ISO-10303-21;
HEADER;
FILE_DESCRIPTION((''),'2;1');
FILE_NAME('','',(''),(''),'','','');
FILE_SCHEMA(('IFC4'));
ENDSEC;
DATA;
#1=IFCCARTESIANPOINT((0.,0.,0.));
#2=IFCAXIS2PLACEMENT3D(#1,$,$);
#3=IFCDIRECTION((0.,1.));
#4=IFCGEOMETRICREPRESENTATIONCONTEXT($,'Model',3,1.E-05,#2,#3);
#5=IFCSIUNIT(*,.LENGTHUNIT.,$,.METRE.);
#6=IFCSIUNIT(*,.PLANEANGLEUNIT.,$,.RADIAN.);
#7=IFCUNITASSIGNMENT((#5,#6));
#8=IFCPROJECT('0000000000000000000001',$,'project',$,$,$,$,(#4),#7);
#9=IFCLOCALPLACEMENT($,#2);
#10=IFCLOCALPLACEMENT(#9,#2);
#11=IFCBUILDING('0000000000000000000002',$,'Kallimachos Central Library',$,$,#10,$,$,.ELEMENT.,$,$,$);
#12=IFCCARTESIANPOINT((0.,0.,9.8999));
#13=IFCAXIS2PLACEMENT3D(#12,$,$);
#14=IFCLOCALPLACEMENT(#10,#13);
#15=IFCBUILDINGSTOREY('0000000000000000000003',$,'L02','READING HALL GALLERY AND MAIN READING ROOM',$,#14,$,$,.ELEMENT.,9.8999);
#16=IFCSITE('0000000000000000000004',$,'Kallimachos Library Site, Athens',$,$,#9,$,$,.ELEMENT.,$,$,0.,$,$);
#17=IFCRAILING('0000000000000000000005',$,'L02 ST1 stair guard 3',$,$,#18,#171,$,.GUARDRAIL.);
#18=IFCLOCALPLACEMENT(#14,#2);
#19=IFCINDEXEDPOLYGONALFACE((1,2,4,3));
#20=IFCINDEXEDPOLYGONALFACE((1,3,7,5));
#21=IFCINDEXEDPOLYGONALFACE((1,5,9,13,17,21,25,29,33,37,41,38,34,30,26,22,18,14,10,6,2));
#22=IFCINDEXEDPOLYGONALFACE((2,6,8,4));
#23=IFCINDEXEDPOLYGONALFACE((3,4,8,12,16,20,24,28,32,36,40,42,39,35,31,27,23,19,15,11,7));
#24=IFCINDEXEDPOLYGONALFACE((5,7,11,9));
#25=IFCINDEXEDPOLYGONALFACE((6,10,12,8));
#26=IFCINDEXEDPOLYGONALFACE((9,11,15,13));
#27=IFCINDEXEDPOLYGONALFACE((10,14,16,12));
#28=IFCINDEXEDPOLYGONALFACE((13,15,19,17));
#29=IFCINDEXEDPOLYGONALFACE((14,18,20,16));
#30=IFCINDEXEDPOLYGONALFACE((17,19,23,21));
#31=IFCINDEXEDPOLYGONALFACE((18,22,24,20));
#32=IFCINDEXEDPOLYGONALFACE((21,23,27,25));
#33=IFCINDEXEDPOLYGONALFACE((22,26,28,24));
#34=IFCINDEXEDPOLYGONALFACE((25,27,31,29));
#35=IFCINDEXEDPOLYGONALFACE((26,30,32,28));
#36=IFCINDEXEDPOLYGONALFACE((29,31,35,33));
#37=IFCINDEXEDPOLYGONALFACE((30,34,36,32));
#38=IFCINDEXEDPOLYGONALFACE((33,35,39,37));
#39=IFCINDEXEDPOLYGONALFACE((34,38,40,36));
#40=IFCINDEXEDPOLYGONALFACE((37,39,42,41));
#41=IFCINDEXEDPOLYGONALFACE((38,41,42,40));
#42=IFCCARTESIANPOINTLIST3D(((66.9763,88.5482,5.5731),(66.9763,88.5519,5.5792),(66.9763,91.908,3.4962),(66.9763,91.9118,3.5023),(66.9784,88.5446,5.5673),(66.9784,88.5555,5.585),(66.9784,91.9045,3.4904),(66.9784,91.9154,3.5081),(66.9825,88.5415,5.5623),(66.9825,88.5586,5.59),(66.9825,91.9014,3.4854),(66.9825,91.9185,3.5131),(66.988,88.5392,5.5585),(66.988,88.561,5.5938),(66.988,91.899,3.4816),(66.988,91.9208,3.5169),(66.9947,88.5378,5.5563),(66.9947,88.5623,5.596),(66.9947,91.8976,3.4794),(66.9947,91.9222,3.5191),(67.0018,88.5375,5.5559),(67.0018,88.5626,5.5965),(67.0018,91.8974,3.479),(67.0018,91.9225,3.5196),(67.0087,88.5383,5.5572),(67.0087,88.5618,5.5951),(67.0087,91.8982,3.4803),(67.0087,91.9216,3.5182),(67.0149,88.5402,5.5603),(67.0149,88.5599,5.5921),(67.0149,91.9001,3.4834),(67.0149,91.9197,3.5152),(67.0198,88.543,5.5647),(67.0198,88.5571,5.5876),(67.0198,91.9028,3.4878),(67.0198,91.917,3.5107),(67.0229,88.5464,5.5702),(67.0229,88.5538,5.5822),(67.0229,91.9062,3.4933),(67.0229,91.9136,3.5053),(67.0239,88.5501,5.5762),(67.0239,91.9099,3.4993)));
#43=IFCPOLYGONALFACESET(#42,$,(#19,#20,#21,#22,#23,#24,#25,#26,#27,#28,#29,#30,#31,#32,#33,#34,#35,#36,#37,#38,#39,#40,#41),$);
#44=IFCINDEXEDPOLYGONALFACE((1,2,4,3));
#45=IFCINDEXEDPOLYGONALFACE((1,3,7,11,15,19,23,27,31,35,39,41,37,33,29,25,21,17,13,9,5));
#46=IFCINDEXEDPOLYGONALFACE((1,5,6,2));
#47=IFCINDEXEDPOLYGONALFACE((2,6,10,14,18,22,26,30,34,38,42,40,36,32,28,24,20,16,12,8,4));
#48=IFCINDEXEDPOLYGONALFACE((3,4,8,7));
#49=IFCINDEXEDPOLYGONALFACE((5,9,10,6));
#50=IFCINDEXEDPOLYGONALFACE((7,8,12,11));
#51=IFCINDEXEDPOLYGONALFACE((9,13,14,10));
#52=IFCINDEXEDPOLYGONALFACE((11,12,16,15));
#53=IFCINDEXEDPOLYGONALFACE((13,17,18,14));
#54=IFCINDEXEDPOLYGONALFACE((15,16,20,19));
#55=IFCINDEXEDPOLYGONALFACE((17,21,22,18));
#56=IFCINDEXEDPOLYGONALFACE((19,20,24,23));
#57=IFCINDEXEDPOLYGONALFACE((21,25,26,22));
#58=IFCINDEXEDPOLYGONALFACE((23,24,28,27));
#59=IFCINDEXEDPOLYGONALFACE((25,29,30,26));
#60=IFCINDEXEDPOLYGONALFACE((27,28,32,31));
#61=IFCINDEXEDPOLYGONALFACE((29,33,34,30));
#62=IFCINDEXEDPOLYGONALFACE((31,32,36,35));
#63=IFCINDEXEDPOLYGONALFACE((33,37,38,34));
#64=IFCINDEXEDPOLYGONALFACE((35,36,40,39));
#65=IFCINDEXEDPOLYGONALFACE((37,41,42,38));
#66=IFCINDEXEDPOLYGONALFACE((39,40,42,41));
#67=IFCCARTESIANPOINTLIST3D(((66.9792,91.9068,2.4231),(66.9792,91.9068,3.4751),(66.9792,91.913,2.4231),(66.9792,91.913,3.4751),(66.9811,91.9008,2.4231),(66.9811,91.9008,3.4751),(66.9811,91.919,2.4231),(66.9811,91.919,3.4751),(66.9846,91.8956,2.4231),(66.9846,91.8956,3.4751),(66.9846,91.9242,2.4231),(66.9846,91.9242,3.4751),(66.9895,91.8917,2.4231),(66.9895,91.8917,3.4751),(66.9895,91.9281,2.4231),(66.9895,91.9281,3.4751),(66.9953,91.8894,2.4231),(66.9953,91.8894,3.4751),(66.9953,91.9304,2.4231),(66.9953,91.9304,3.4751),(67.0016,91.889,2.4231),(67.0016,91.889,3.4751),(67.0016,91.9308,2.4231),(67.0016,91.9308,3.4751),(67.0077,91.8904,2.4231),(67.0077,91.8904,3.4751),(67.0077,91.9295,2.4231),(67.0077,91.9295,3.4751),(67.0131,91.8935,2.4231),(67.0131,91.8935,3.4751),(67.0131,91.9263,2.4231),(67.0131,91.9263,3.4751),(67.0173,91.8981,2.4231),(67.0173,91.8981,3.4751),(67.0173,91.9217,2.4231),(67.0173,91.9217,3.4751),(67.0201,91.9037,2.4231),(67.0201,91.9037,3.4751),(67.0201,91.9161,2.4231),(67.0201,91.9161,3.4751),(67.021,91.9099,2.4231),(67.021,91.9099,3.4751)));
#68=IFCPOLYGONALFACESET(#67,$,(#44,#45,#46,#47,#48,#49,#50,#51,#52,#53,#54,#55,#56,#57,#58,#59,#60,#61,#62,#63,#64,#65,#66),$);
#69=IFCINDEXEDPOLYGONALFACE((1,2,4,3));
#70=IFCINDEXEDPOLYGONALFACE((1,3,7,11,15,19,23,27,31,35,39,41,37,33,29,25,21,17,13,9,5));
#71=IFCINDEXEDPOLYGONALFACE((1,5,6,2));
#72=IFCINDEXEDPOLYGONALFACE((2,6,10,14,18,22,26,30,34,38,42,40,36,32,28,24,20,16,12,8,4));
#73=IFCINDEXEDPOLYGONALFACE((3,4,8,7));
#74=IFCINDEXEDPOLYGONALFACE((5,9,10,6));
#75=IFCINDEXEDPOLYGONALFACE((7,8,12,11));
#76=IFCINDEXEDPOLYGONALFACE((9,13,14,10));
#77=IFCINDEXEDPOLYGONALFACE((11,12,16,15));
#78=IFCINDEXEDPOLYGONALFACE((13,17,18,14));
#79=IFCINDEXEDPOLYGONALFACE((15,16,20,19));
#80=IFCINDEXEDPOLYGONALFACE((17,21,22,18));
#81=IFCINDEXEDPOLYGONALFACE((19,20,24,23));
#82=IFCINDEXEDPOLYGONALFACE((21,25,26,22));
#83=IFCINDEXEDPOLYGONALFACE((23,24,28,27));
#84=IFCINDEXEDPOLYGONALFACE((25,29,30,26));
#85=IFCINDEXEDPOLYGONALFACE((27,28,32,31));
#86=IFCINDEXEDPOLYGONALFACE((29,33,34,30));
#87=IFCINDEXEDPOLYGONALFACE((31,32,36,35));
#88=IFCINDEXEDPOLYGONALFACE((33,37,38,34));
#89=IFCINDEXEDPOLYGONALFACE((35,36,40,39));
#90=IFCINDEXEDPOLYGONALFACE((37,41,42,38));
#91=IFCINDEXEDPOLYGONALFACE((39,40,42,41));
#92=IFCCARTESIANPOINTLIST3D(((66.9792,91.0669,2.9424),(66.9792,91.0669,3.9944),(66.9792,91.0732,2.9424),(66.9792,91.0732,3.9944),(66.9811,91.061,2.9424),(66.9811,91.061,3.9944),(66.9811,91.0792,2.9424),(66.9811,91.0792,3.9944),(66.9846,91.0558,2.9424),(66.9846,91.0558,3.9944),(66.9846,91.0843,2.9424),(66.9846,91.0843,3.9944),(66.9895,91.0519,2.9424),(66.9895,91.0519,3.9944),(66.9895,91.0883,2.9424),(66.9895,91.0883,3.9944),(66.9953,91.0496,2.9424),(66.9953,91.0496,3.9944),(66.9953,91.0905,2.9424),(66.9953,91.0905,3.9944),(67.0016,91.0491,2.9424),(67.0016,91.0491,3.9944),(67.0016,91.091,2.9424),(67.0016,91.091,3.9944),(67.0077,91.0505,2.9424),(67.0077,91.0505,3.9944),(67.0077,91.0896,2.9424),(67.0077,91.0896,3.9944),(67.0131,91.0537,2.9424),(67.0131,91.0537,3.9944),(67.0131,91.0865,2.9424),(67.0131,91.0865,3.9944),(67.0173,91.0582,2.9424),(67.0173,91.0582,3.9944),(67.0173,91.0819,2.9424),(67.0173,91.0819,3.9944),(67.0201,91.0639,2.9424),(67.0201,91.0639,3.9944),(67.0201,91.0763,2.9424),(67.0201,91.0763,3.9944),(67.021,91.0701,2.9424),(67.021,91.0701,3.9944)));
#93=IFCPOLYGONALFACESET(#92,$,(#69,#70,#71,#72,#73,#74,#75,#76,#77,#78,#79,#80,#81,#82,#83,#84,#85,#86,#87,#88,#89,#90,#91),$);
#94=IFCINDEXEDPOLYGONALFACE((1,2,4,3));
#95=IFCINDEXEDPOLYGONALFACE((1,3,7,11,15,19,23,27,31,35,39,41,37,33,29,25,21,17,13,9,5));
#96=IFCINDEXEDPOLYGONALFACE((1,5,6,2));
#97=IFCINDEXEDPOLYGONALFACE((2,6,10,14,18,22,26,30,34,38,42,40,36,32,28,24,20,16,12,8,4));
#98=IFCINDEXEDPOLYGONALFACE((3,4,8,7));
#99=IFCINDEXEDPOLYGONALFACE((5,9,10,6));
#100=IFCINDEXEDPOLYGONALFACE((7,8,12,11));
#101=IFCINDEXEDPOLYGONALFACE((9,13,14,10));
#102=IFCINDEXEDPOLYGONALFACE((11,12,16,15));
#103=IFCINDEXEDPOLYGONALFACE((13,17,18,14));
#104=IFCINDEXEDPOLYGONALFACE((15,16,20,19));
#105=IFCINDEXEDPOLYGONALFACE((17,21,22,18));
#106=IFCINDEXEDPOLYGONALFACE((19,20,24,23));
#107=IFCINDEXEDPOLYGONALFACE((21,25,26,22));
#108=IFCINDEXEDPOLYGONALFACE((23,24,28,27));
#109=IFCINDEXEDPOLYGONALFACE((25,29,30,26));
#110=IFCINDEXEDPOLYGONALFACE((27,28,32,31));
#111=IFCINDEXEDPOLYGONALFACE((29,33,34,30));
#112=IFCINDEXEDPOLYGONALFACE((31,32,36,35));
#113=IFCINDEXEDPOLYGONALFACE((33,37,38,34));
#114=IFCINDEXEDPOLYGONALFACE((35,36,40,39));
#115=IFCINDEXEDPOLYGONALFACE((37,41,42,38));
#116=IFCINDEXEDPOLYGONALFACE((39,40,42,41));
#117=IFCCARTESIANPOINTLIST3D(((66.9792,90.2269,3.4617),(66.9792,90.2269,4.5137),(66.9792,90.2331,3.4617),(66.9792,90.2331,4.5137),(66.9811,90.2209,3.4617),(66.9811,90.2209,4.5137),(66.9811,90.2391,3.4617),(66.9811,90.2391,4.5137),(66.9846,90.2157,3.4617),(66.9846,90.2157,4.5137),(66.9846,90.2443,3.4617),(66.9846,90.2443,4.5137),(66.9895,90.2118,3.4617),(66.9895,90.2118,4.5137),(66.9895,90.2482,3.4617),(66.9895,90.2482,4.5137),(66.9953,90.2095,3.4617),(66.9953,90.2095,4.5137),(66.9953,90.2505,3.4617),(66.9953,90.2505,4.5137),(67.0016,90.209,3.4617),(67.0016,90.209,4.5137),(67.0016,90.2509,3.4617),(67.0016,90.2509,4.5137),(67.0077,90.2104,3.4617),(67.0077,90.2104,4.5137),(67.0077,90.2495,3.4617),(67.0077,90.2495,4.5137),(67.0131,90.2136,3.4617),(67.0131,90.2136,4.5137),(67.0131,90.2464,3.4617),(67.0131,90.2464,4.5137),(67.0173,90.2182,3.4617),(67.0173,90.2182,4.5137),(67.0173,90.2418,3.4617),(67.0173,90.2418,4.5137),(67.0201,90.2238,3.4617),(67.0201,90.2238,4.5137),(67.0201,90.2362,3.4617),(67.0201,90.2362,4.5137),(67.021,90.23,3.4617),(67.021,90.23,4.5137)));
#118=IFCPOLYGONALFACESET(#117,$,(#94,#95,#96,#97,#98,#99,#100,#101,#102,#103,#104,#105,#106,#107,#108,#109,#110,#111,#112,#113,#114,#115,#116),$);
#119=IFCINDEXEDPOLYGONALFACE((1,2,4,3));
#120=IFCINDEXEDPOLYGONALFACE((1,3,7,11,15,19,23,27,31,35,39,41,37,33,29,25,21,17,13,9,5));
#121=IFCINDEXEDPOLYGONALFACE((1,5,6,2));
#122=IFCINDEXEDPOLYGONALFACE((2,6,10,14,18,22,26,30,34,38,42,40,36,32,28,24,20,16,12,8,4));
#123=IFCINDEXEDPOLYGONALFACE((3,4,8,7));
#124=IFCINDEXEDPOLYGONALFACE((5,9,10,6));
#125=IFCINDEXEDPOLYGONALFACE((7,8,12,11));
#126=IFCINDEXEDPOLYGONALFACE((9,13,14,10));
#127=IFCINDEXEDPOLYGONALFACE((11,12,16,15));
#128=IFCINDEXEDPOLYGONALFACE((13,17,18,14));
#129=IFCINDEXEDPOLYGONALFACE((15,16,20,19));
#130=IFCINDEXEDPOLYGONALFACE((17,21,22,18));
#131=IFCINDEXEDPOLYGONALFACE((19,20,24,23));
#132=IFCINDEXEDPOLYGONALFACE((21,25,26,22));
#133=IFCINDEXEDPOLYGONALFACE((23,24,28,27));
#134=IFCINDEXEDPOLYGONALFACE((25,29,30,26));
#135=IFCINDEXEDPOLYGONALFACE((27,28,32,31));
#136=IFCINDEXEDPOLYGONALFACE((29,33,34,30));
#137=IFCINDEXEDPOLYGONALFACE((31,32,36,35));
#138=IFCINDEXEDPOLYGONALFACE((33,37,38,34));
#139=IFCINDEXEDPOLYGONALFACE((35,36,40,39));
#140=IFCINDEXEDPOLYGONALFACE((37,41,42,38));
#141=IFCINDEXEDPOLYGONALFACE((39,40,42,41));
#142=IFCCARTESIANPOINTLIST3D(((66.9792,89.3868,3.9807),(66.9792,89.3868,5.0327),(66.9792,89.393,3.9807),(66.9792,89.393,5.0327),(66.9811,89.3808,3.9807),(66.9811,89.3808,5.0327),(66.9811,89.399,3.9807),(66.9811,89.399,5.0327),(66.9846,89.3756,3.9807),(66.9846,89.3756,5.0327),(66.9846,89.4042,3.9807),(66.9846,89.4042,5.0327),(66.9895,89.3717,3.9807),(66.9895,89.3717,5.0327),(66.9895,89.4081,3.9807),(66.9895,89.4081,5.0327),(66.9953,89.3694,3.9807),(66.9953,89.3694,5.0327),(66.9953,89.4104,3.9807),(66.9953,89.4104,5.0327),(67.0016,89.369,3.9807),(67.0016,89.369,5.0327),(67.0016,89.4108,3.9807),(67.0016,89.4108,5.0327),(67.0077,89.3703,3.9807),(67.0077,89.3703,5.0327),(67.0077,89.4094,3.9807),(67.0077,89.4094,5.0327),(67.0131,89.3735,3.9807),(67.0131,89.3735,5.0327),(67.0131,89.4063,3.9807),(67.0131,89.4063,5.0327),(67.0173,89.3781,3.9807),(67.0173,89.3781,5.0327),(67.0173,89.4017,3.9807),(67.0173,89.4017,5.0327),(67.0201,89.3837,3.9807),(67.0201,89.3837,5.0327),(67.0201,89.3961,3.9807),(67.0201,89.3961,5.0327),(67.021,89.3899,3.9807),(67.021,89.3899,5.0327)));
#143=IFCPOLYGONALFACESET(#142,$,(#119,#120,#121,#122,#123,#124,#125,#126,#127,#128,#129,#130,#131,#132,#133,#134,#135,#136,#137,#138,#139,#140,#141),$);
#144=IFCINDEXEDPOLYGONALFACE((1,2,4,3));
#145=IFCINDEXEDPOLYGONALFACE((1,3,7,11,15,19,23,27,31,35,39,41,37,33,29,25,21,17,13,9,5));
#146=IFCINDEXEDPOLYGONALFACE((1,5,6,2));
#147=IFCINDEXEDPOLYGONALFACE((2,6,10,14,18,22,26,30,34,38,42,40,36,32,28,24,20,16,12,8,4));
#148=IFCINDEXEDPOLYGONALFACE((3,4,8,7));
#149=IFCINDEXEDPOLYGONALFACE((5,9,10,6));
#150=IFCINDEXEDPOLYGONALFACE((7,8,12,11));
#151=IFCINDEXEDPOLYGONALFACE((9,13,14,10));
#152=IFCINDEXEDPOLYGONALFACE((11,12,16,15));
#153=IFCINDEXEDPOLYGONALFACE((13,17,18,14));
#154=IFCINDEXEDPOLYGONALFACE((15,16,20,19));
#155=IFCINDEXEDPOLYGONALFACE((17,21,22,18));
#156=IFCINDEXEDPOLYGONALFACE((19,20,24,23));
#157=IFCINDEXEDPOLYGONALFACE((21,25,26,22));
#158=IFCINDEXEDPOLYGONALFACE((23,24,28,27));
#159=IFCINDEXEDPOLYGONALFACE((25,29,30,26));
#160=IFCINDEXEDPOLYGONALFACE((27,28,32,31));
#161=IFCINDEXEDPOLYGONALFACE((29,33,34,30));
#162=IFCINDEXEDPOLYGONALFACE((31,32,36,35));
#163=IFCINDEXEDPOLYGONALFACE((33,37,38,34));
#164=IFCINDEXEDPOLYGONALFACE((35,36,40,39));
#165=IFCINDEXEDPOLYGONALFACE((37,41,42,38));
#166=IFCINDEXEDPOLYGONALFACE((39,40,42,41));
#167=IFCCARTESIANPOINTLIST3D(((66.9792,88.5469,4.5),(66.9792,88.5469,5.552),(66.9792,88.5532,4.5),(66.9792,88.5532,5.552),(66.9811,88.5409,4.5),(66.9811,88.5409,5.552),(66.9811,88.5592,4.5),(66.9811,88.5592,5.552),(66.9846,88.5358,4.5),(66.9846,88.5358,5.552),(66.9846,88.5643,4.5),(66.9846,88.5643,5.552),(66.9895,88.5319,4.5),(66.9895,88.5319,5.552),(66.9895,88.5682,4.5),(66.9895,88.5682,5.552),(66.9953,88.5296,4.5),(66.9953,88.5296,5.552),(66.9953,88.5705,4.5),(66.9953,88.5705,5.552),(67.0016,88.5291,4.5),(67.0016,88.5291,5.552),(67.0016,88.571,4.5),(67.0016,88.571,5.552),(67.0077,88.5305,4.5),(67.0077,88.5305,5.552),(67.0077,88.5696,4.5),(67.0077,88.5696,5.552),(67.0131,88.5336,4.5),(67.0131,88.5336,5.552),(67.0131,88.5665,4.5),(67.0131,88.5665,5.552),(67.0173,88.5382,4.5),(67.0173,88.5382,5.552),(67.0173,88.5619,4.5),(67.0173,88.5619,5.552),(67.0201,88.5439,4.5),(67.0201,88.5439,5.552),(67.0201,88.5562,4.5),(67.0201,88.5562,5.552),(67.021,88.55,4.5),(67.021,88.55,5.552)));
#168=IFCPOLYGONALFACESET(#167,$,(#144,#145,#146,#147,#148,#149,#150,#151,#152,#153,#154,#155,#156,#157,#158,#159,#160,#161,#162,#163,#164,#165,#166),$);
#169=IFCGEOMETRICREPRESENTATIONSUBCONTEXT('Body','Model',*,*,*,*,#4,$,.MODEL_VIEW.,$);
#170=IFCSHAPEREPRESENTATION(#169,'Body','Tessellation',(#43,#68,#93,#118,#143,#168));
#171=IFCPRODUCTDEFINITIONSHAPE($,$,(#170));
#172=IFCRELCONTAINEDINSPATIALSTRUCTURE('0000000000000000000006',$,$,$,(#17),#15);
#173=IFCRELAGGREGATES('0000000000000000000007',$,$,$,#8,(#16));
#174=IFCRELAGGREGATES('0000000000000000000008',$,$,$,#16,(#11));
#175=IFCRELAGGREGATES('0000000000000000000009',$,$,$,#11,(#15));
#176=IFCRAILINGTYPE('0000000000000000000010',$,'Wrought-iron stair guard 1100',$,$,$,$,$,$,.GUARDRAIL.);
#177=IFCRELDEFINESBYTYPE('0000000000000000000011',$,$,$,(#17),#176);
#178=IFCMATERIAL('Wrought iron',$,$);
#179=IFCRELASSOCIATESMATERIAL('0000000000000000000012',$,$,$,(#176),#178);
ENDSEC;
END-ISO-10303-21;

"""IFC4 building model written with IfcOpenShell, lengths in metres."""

from ifc_helpers import new_model, si_unit, direction, frame, origin, origin_2d, place, context, subcontext, project, spatial, circle, extrude, material, type_object, element, save


model = new_model("IFC4")

# Units and contexts
model_context = context("Model", 3, precision=1e-05, world=origin(), true_north=direction((0.0, 1.0)))
body_context = subcontext(model_context, "Body", "Model", "MODEL_VIEW")
ifc_project = project(units=[si_unit("LENGTHUNIT", "METRE"), si_unit("PLANEANGLEUNIT", "RADIAN")], contexts=[model_context])

# Site, building, storey
site_placement = place(None, origin())
site = spatial("IfcSite", under=ifc_project, at=site_placement, Name="Kallimachos Library Site, Athens", CompositionType="ELEMENT", RefElevation=0.0)
building_placement = place(site_placement, origin())
building = spatial("IfcBuilding", under=site, at=building_placement, Name="Kallimachos Central Library", CompositionType="ELEMENT")
storey_placement = place(building_placement, frame((0.0, 0.0, 9.8999)))
storey = spatial("IfcBuildingStorey", under=building, at=storey_placement, Name="L02", Description="READING HALL GALLERY AND MAIN READING ROOM", CompositionType="ELEMENT", Elevation=9.8999)

# Railing
ifc_material_1 = material(Name="Wrought iron")
railing_type_1 = type_object("IfcRailingType", Name="Wrought-iron stair guard 1100", PredefinedType="GUARDRAIL", material=ifc_material_1)
railing_1_placement = place(storey_placement, frame((67.0, 91.9099, 2.4231)))
element("IfcRailing", 1, at=railing_1_placement, inside=storey, type_object=railing_type_1, Name="L02 ST1 stair guard 3", PredefinedType="GUARDRAIL", context=body_context, shape_type="SweptSolid", body=[
    extrude(circle(Radius=0.0239, at=origin_2d()), frame((0.0, 0.0, 1.0762), z_axis=(0.0, -0.850606, 0.525803), x_axis=(1.0, 0.0, 0.0)), (0.0, 0.0, 1.0), 3.95),
    extrude(circle(Radius=0.021, at=origin_2d()), origin(), (0.0, 0.0, 1.0), 1.052),
    extrude(circle(Radius=0.021, at=origin_2d()), frame((0.0, -0.8398, 0.5193)), (0.0, 0.0, 1.0), 1.052),
    extrude(circle(Radius=0.021, at=origin_2d()), frame((0.0, -1.6799, 1.0386)), (0.0, 0.0, 1.0), 1.052),
    extrude(circle(Radius=0.021, at=origin_2d()), frame((0.0, -2.52, 1.5576)), (0.0, 0.0, 1.0), 1.052),
    extrude(circle(Radius=0.021, at=origin_2d()), frame((0.0, -3.3599, 2.0769)), (0.0, 0.0, 1.0), 1.052),
])

save(model, "model.ifc")
